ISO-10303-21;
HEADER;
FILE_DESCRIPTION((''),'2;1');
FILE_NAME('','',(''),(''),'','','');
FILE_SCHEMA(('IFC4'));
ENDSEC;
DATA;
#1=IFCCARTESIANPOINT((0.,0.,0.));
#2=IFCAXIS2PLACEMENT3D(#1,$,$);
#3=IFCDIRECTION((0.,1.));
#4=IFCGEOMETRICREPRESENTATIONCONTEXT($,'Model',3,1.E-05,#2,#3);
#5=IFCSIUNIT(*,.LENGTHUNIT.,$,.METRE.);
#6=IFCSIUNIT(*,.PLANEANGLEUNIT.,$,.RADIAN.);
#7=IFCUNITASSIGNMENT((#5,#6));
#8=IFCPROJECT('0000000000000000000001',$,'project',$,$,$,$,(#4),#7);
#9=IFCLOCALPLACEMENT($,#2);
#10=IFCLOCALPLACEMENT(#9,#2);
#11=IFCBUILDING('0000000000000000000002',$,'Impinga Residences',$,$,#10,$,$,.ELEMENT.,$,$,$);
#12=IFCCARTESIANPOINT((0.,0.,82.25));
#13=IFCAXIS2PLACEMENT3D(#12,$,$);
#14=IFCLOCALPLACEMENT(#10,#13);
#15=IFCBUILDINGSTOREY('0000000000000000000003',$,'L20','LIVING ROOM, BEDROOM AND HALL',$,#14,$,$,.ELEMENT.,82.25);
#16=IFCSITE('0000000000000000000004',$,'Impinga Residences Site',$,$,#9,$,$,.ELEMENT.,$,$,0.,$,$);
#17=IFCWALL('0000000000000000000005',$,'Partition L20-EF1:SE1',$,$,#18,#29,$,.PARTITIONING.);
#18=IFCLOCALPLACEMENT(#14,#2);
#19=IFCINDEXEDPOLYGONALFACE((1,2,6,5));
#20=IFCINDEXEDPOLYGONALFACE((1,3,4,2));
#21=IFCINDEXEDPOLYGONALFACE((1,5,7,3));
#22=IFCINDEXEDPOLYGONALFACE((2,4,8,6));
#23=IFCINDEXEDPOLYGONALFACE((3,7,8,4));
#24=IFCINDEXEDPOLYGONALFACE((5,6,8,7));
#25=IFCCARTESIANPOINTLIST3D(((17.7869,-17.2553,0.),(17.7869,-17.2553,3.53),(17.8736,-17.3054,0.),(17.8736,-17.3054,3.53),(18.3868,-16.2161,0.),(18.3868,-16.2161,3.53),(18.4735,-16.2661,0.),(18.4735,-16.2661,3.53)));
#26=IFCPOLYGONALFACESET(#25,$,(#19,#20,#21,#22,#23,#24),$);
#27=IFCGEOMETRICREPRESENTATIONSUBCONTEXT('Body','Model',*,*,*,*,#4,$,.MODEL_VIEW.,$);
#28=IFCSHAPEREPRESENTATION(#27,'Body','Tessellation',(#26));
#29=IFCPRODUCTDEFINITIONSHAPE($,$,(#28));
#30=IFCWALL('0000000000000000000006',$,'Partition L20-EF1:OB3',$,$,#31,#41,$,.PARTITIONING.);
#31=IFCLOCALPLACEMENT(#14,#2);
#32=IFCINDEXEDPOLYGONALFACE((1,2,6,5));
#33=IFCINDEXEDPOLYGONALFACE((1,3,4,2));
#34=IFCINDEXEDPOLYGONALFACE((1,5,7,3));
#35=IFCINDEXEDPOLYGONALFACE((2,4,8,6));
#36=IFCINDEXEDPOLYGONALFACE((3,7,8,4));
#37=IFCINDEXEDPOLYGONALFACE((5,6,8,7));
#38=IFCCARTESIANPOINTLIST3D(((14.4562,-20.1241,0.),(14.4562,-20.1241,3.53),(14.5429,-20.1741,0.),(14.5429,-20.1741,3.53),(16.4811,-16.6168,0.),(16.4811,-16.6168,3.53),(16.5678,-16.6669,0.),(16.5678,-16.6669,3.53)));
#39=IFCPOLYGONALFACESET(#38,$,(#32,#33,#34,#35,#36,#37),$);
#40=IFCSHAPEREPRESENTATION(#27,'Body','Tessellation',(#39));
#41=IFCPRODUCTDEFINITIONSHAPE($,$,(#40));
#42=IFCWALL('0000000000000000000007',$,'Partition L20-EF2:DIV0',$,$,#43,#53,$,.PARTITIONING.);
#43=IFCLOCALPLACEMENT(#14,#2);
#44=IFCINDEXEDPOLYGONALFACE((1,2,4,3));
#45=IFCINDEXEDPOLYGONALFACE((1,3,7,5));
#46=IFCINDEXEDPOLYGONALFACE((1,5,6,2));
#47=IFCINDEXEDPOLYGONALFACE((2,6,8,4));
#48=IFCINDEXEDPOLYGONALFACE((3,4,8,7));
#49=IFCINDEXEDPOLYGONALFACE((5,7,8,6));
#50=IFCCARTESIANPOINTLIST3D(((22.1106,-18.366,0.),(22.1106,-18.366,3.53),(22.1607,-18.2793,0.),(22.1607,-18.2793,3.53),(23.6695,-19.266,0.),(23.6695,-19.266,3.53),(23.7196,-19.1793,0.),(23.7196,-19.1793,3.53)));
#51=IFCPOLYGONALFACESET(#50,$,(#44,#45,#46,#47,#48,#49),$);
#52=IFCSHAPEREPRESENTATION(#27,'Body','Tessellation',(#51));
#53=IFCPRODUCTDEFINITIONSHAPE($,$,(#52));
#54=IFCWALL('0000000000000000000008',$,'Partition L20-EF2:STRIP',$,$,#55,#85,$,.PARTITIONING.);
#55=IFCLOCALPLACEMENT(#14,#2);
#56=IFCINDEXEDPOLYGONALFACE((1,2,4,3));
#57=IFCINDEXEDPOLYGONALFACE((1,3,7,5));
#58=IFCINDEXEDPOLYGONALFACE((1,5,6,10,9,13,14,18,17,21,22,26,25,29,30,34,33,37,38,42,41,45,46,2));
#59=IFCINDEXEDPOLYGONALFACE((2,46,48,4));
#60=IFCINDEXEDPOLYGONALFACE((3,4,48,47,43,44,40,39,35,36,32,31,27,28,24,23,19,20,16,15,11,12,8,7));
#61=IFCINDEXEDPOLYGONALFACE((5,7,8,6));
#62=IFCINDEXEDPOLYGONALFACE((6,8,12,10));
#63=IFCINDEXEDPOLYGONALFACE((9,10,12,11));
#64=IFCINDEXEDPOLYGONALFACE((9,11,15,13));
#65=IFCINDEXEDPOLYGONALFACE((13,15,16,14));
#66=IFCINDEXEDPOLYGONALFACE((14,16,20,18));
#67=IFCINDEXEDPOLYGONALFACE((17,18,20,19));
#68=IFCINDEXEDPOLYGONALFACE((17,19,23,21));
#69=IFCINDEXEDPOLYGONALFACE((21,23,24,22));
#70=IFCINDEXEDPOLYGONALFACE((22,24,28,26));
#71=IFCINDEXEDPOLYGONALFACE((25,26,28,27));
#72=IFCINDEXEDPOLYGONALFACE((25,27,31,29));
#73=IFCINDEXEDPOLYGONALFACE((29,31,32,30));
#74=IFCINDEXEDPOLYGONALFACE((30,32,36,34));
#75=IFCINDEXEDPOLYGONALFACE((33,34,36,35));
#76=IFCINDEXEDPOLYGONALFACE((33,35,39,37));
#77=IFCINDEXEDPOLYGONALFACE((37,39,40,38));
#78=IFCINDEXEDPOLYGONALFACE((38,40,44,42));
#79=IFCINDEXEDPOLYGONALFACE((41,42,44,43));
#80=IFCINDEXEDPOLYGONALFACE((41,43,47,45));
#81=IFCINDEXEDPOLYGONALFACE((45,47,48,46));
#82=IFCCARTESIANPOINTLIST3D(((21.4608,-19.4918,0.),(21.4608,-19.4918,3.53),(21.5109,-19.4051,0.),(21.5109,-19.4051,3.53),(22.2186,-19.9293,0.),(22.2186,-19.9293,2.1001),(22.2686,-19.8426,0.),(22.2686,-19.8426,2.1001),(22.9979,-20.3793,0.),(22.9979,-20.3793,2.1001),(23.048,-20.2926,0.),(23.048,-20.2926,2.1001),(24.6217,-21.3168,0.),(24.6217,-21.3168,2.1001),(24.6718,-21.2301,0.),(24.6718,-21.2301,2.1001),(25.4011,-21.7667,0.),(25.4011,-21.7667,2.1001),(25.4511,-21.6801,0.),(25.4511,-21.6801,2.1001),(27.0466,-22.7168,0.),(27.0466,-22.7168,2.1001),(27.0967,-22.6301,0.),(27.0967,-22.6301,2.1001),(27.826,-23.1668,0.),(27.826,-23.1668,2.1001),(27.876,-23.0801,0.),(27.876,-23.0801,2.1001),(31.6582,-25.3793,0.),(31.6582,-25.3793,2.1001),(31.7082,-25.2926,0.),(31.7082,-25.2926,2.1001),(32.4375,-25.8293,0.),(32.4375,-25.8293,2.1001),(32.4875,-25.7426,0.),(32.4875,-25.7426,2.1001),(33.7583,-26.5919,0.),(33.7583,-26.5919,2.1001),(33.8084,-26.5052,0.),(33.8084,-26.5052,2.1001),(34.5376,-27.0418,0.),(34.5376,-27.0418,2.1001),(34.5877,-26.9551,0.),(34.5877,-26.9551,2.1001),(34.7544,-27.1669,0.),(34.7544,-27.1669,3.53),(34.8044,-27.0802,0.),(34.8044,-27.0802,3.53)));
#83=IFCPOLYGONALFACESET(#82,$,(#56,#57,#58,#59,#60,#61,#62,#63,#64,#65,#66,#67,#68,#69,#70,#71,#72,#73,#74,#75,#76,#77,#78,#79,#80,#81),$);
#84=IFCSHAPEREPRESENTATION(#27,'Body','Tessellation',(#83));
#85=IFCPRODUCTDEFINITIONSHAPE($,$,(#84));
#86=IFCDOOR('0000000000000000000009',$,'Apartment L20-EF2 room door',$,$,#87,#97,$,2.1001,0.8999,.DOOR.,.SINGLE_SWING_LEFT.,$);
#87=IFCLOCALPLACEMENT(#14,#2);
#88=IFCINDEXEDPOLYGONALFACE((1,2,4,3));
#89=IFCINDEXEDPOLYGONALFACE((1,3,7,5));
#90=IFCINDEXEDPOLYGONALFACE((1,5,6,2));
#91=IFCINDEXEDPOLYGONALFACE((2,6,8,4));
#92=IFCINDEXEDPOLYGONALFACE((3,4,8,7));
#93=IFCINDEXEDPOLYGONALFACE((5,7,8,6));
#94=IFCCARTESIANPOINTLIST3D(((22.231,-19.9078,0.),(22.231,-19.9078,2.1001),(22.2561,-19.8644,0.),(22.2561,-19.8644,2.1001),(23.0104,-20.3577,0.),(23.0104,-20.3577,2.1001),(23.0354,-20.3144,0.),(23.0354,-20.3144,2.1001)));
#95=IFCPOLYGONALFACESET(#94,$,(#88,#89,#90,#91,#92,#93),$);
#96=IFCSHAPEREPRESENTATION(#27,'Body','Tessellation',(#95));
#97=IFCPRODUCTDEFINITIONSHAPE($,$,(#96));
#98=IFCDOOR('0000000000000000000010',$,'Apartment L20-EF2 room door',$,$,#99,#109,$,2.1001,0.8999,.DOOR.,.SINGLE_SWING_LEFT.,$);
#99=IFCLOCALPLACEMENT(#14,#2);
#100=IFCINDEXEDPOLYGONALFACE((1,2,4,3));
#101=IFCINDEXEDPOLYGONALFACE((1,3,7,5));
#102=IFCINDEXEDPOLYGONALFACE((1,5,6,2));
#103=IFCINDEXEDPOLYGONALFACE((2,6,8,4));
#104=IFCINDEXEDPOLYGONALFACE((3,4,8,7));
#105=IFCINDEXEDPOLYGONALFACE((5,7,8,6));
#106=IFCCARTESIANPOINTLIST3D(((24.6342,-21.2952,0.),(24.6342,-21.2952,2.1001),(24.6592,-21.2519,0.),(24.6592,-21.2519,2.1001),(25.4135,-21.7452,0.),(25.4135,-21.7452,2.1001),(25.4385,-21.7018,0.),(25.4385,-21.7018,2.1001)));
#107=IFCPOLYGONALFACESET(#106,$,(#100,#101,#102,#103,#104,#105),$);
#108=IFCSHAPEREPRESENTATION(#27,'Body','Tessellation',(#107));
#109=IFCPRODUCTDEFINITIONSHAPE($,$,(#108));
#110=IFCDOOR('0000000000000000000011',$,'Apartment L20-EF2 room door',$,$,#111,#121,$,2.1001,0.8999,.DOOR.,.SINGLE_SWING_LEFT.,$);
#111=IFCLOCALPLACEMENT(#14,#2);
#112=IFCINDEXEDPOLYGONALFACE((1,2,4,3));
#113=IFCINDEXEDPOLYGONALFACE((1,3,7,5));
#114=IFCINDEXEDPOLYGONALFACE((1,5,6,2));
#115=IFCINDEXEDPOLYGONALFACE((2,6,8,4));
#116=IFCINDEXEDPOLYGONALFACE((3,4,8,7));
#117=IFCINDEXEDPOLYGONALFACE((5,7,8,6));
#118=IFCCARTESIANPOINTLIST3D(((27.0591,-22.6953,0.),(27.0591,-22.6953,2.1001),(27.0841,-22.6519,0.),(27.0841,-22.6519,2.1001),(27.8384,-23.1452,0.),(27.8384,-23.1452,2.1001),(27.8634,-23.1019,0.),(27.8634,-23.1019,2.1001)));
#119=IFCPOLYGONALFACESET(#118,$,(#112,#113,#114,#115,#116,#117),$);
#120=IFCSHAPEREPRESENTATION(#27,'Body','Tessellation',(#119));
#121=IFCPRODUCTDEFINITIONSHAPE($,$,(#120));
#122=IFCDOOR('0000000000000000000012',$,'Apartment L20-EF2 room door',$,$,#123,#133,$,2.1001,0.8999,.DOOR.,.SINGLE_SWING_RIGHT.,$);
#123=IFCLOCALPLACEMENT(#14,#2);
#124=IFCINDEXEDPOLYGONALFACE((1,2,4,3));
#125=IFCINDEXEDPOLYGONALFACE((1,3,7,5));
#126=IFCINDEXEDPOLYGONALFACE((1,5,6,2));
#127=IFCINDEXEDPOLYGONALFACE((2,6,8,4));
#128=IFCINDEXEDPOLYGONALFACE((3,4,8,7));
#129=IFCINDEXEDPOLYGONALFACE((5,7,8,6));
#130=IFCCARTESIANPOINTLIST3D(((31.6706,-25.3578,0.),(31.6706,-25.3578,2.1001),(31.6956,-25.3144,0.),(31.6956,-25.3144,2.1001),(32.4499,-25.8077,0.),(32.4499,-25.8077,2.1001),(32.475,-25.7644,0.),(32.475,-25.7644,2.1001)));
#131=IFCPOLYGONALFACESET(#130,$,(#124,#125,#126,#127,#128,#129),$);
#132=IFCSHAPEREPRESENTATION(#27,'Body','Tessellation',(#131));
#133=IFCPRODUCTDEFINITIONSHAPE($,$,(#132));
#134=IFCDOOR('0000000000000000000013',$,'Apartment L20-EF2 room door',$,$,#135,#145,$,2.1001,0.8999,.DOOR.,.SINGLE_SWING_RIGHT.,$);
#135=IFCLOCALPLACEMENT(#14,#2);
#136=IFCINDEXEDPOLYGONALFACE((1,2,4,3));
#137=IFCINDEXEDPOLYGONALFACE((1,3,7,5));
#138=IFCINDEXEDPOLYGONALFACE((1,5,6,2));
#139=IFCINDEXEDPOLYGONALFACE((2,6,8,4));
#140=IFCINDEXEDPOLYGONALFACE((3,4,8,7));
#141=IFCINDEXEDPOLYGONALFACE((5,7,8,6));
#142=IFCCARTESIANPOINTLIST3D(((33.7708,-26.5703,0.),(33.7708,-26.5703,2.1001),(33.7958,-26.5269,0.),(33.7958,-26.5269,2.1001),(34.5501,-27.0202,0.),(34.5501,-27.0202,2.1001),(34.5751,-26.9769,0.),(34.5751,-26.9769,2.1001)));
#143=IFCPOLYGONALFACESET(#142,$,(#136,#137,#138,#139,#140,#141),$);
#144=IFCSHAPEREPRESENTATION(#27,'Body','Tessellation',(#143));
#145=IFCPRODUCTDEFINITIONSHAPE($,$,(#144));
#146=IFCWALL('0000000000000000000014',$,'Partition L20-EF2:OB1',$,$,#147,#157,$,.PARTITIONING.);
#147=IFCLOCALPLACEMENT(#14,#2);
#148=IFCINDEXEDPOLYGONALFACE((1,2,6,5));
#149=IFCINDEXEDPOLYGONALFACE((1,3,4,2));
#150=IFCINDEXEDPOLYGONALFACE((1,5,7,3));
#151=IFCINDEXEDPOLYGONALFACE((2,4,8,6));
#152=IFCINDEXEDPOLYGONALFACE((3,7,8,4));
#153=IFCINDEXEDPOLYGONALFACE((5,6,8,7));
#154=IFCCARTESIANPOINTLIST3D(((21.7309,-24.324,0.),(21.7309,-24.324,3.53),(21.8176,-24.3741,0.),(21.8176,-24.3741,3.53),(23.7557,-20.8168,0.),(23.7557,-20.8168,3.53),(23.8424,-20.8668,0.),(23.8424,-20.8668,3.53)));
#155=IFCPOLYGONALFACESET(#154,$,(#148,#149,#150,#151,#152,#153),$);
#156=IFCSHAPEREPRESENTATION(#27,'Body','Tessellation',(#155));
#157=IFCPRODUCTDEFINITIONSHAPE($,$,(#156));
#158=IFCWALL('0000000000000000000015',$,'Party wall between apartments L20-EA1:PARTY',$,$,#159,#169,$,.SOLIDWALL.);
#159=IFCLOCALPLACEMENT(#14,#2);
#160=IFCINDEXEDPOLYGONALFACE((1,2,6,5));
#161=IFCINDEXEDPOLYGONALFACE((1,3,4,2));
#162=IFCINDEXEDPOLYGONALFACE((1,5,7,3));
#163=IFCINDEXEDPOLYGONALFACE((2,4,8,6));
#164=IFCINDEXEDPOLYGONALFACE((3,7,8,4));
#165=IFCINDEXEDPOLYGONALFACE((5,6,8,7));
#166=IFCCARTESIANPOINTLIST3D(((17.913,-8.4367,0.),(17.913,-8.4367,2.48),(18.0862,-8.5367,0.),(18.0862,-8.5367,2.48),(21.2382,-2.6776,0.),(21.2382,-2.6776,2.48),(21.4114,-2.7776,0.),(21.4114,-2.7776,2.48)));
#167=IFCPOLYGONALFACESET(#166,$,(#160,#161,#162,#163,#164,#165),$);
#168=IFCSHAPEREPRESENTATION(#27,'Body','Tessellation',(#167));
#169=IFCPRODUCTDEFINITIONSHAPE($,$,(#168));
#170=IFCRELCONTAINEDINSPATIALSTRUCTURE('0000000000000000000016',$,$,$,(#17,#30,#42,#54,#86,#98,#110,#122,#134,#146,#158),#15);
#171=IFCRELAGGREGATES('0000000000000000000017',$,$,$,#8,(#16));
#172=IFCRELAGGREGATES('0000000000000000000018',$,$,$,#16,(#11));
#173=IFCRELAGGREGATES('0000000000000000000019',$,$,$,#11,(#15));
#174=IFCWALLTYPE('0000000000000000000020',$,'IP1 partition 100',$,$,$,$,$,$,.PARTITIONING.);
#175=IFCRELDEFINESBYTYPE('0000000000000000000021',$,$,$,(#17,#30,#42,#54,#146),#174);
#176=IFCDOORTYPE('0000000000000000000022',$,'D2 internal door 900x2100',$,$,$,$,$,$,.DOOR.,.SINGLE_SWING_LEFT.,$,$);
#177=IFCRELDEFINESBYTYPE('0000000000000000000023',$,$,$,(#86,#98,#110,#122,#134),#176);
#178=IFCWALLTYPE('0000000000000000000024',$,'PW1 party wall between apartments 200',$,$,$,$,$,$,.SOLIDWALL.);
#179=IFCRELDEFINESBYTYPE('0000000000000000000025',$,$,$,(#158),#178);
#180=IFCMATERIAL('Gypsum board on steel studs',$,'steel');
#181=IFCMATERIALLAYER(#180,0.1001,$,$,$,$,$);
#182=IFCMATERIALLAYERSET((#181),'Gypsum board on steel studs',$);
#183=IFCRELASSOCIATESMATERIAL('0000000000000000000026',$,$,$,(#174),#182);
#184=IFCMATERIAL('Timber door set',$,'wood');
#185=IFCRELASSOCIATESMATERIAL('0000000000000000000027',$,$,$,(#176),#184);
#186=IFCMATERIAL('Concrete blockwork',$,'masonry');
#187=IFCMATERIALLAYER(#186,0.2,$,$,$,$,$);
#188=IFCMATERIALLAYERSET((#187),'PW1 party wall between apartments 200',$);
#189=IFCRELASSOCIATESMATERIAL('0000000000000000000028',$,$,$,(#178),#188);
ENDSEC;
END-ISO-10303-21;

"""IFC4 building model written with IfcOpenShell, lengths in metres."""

from ifc_helpers import new_model, si_unit, direction, frame, frame_2d, origin, place, context, subcontext, project, spatial, rectangle, extrude, material, layer, layer_set, type_object, element, fill, save


model = new_model("IFC4")

# Units and contexts
model_context = context("Model", 3, precision=1e-05, world=origin(), true_north=direction((0.0, 1.0)))
body_context = subcontext(model_context, "Body", "Model", "MODEL_VIEW")
ifc_project = project(units=[si_unit("LENGTHUNIT", "METRE"), si_unit("PLANEANGLEUNIT", "RADIAN")], contexts=[model_context])

# Site, building, storey
site_placement = place(None, origin())
site = spatial("IfcSite", under=ifc_project, at=site_placement, Name="Impinga Residences Site", CompositionType="ELEMENT", RefElevation=0.0)
building_placement = place(site_placement, origin())
building = spatial("IfcBuilding", under=site, at=building_placement, Name="Impinga Residences", CompositionType="ELEMENT")
storey_placement = place(building_placement, frame((0.0, 0.0, 82.25)))
storey = spatial("IfcBuildingStorey", under=building, at=storey_placement, Name="L20", Description="LIVING ROOM, BEDROOM AND HALL", CompositionType="ELEMENT", Elevation=82.25)

# Shared definitions
ifc_material_1 = material(Name="Concrete blockwork", Category="masonry")
ifc_material_2 = material(Name="Timber door set", Category="wood")

# Shared definitions
ifc_material_3 = material(Name="Gypsum board on steel studs", Category="steel")
ifc_layer_1 = layer(ifc_material_3, 0.1001)
ifc_layer_set_1 = layer_set([ifc_layer_1], Name="Gypsum board on steel studs")
wall_type_1 = type_object("IfcWallType", Name="IP1 partition 100", PredefinedType="PARTITIONING", material=ifc_layer_set_1)

# Shared definitions
door_type_1 = type_object("IfcDoorType", Name="D2 internal door 900x2100", OperationType="SINGLE_SWING_LEFT", PredefinedType="DOOR", material=ifc_material_2)

# Walls
wall_1_placement = place(storey_placement, frame((18.4302, -16.241, 0.0), z_axis=(0.0, 0.0, 1.0), x_axis=(-0.499881, -0.866094, 0.0)))
element("IfcWall", 1, at=wall_1_placement, inside=storey, type_object=wall_type_1, Name="Partition L20-EF1:SE1", PredefinedType="PARTITIONING", context=body_context, shape_type="SweptSolid", body=[
    extrude(rectangle(XDim=1.2, YDim=0.1001, at=frame_2d((0.6001, 0.0))), origin(), (0.0, 0.0, 1.0), 3.53),
])
wall_2_placement = place(storey_placement, frame((16.5244, -16.6418, 0.0), z_axis=(0.0, 0.0, 1.0), x_axis=(-0.49999, -0.866031, 0.0)))
element("IfcWall", 2, at=wall_2_placement, inside=storey, type_object=wall_type_1, Name="Partition L20-EF1:OB3", PredefinedType="PARTITIONING", context=body_context, shape_type="SweptSolid", body=[
    extrude(rectangle(XDim=4.0498, YDim=0.1001, at=frame_2d((2.0249, 0.0))), origin(), (0.0, 0.0, 1.0), 3.53),
])
wall_3_placement = place(storey_placement, frame((22.1357, -18.3228, 0.0), z_axis=(0.0, 0.0, 1.0), x_axis=(0.866048, -0.499961, 0.0)))
element("IfcWall", 3, at=wall_3_placement, inside=storey, type_object=wall_type_1, Name="Partition L20-EF2:DIV0", PredefinedType="PARTITIONING", context=body_context, shape_type="SweptSolid", body=[
    extrude(rectangle(XDim=1.8, YDim=0.1001, at=frame_2d((0.8999, 0.0))), origin(), (0.0, 0.0, 1.0), 3.53),
])

# Wall, openings, doors
wall_4_placement = place(storey_placement, frame((21.4858, -19.4485, 0.0), z_axis=(0.0, 0.0, 1.0), x_axis=(0.866023, -0.500003, 0.0)))
wall_4 = element("IfcWall", 4, at=wall_4_placement, inside=storey, type_object=wall_type_1, Name="Partition L20-EF2:STRIP", PredefinedType="PARTITIONING", context=body_context, shape_type="SweptSolid", body=[
    extrude(rectangle(XDim=15.3501, YDim=0.1001, at=frame_2d((7.675, 0.0))), origin(), (0.0, 0.0, 1.0), 3.53),
])
opening_1_placement = place(wall_4_placement, frame((0.875, 0.0, 0.0)))
opening_1 = element("IfcOpeningElement", 5, at=opening_1_placement, cuts=wall_4, PredefinedType="OPENING", context=body_context, shape_type="SweptSolid", body=[
    extrude(rectangle(XDim=0.8999, YDim=2.1001, at=frame_2d((0.45, 1.05))), frame((0.0, 0.0601, 0.0), z_axis=(0.0, -1.0, 0.0), x_axis=(1.0, 0.0, 0.0)), (0.0, 0.0, 1.0), 0.1201),
])
opening_2_placement = place(wall_4_placement, frame((3.6499, 0.0, 0.0)))
opening_2 = element("IfcOpeningElement", 6, at=opening_2_placement, cuts=wall_4, PredefinedType="OPENING", context=body_context, shape_type="SweptSolid", body=[
    extrude(rectangle(XDim=0.8999, YDim=2.1001, at=frame_2d((0.45, 1.05))), frame((0.0, 0.0601, 0.0), z_axis=(0.0, -1.0, 0.0), x_axis=(1.0, 0.0, 0.0)), (0.0, 0.0, 1.0), 0.1201),
])
opening_3_placement = place(wall_4_placement, frame((6.45, 0.0, 0.0)))
opening_3 = element("IfcOpeningElement", 7, at=opening_3_placement, cuts=wall_4, PredefinedType="OPENING", context=body_context, shape_type="SweptSolid", body=[
    extrude(rectangle(XDim=0.8999, YDim=2.1001, at=frame_2d((0.45, 1.05))), frame((0.0, 0.0601, 0.0), z_axis=(0.0, -1.0, 0.0), x_axis=(1.0, 0.0, 0.0)), (0.0, 0.0, 1.0), 0.1201),
])
opening_4_placement = place(wall_4_placement, frame((11.7749, 0.0, 0.0)))
opening_4 = element("IfcOpeningElement", 8, at=opening_4_placement, cuts=wall_4, PredefinedType="OPENING", context=body_context, shape_type="SweptSolid", body=[
    extrude(rectangle(XDim=0.8999, YDim=2.1001, at=frame_2d((0.45, 1.05))), frame((0.0, 0.0601, 0.0), z_axis=(0.0, -1.0, 0.0), x_axis=(1.0, 0.0, 0.0)), (0.0, 0.0, 1.0), 0.1201),
])
opening_5_placement = place(wall_4_placement, frame((14.2, 0.0, 0.0)))
opening_5 = element("IfcOpeningElement", 9, at=opening_5_placement, cuts=wall_4, PredefinedType="OPENING", context=body_context, shape_type="SweptSolid", body=[
    extrude(rectangle(XDim=0.8999, YDim=2.1001, at=frame_2d((0.45, 1.05))), frame((0.0, 0.0601, 0.0), z_axis=(0.0, -1.0, 0.0), x_axis=(1.0, 0.0, 0.0)), (0.0, 0.0, 1.0), 0.1201),
])
door_1_placement = place(opening_1_placement, origin())
door_1 = element("IfcDoor", 10, at=door_1_placement, inside=storey, type_object=door_type_1, Name="Apartment L20-EF2 room door", OperationType="SINGLE_SWING_LEFT", OverallHeight=2.1001, OverallWidth=0.8999, PredefinedType="DOOR", context=body_context, shape_type="SweptSolid", body=[
    extrude(rectangle(XDim=0.8999, YDim=2.1001, at=frame_2d((0.45, 1.05))), frame((0.0, 0.0249, 0.0), z_axis=(0.0, -1.0, 0.0), x_axis=(1.0, 0.0, 0.0)), (0.0, 0.0, 1.0), 0.05),
])
fill(opening_1, door_1)
door_2_placement = place(opening_2_placement, origin())
door_2 = element("IfcDoor", 11, at=door_2_placement, inside=storey, type_object=door_type_1, Name="Apartment L20-EF2 room door", OperationType="SINGLE_SWING_LEFT", OverallHeight=2.1001, OverallWidth=0.8999, PredefinedType="DOOR", context=body_context, shape_type="SweptSolid", body=[
    extrude(rectangle(XDim=0.8999, YDim=2.1001, at=frame_2d((0.45, 1.05))), frame((0.0, 0.0249, 0.0), z_axis=(0.0, -1.0, 0.0), x_axis=(1.0, 0.0, 0.0)), (0.0, 0.0, 1.0), 0.05),
])
fill(opening_2, door_2)
door_3_placement = place(opening_3_placement, origin())
door_3 = element("IfcDoor", 12, at=door_3_placement, inside=storey, type_object=door_type_1, Name="Apartment L20-EF2 room door", OperationType="SINGLE_SWING_LEFT", OverallHeight=2.1001, OverallWidth=0.8999, PredefinedType="DOOR", context=body_context, shape_type="SweptSolid", body=[
    extrude(rectangle(XDim=0.8999, YDim=2.1001, at=frame_2d((0.45, 1.05))), frame((0.0, 0.0249, 0.0), z_axis=(0.0, -1.0, 0.0), x_axis=(1.0, 0.0, 0.0)), (0.0, 0.0, 1.0), 0.05),
])
fill(opening_3, door_3)
door_4_placement = place(opening_4_placement, origin())
door_4 = element("IfcDoor", 13, at=door_4_placement, inside=storey, type_object=door_type_1, Name="Apartment L20-EF2 room door", OperationType="SINGLE_SWING_RIGHT", OverallHeight=2.1001, OverallWidth=0.8999, PredefinedType="DOOR", context=body_context, shape_type="SweptSolid", body=[
    extrude(rectangle(XDim=0.8999, YDim=2.1001, at=frame_2d((0.45, 1.05))), frame((0.0, 0.0249, 0.0), z_axis=(0.0, -1.0, 0.0), x_axis=(1.0, 0.0, 0.0)), (0.0, 0.0, 1.0), 0.05),
])
fill(opening_4, door_4)
door_5_placement = place(opening_5_placement, origin())
door_5 = element("IfcDoor", 14, at=door_5_placement, inside=storey, type_object=door_type_1, Name="Apartment L20-EF2 room door", OperationType="SINGLE_SWING_RIGHT", OverallHeight=2.1001, OverallWidth=0.8999, PredefinedType="DOOR", context=body_context, shape_type="SweptSolid", body=[
    extrude(rectangle(XDim=0.8999, YDim=2.1001, at=frame_2d((0.45, 1.05))), frame((0.0, 0.0249, 0.0), z_axis=(0.0, -1.0, 0.0), x_axis=(1.0, 0.0, 0.0)), (0.0, 0.0, 1.0), 0.05),
])
fill(opening_5, door_5)

# Walls
wall_5_placement = place(storey_placement, frame((23.7991, -20.8418, 0.0), z_axis=(0.0, 0.0, 1.0), x_axis=(-0.49999, -0.866031, 0.0)))
element("IfcWall", 15, at=wall_5_placement, inside=storey, type_object=wall_type_1, Name="Partition L20-EF2:OB1", PredefinedType="PARTITIONING", context=body_context, shape_type="SweptSolid", body=[
    extrude(rectangle(XDim=4.0498, YDim=0.1001, at=frame_2d((2.0249, 0.0))), origin(), (0.0, 0.0, 1.0), 3.53),
])
ifc_layer_2 = layer(ifc_material_1, 0.2)
ifc_layer_set_2 = layer_set([ifc_layer_2], Name="PW1 party wall between apartments 200")
wall_type_2 = type_object("IfcWallType", Name="PW1 party wall between apartments 200", PredefinedType="SOLIDWALL", material=ifc_layer_set_2)
wall_6_placement = place(storey_placement, frame((17.9995, -8.4868, 0.0), z_axis=(0.0, 0.0, 1.0), x_axis=(0.500024, 0.866011, 0.0)))
element("IfcWall", 16, at=wall_6_placement, inside=storey, type_object=wall_type_2, Name="Party wall between apartments L20-EA1:PARTY", PredefinedType="SOLIDWALL", context=body_context, shape_type="SweptSolid", body=[
    extrude(rectangle(XDim=6.6501, YDim=0.2, at=frame_2d((3.3252, 0.0))), origin(), (0.0, 0.0, 1.0), 2.48),
])

save(model, "model.ifc")
